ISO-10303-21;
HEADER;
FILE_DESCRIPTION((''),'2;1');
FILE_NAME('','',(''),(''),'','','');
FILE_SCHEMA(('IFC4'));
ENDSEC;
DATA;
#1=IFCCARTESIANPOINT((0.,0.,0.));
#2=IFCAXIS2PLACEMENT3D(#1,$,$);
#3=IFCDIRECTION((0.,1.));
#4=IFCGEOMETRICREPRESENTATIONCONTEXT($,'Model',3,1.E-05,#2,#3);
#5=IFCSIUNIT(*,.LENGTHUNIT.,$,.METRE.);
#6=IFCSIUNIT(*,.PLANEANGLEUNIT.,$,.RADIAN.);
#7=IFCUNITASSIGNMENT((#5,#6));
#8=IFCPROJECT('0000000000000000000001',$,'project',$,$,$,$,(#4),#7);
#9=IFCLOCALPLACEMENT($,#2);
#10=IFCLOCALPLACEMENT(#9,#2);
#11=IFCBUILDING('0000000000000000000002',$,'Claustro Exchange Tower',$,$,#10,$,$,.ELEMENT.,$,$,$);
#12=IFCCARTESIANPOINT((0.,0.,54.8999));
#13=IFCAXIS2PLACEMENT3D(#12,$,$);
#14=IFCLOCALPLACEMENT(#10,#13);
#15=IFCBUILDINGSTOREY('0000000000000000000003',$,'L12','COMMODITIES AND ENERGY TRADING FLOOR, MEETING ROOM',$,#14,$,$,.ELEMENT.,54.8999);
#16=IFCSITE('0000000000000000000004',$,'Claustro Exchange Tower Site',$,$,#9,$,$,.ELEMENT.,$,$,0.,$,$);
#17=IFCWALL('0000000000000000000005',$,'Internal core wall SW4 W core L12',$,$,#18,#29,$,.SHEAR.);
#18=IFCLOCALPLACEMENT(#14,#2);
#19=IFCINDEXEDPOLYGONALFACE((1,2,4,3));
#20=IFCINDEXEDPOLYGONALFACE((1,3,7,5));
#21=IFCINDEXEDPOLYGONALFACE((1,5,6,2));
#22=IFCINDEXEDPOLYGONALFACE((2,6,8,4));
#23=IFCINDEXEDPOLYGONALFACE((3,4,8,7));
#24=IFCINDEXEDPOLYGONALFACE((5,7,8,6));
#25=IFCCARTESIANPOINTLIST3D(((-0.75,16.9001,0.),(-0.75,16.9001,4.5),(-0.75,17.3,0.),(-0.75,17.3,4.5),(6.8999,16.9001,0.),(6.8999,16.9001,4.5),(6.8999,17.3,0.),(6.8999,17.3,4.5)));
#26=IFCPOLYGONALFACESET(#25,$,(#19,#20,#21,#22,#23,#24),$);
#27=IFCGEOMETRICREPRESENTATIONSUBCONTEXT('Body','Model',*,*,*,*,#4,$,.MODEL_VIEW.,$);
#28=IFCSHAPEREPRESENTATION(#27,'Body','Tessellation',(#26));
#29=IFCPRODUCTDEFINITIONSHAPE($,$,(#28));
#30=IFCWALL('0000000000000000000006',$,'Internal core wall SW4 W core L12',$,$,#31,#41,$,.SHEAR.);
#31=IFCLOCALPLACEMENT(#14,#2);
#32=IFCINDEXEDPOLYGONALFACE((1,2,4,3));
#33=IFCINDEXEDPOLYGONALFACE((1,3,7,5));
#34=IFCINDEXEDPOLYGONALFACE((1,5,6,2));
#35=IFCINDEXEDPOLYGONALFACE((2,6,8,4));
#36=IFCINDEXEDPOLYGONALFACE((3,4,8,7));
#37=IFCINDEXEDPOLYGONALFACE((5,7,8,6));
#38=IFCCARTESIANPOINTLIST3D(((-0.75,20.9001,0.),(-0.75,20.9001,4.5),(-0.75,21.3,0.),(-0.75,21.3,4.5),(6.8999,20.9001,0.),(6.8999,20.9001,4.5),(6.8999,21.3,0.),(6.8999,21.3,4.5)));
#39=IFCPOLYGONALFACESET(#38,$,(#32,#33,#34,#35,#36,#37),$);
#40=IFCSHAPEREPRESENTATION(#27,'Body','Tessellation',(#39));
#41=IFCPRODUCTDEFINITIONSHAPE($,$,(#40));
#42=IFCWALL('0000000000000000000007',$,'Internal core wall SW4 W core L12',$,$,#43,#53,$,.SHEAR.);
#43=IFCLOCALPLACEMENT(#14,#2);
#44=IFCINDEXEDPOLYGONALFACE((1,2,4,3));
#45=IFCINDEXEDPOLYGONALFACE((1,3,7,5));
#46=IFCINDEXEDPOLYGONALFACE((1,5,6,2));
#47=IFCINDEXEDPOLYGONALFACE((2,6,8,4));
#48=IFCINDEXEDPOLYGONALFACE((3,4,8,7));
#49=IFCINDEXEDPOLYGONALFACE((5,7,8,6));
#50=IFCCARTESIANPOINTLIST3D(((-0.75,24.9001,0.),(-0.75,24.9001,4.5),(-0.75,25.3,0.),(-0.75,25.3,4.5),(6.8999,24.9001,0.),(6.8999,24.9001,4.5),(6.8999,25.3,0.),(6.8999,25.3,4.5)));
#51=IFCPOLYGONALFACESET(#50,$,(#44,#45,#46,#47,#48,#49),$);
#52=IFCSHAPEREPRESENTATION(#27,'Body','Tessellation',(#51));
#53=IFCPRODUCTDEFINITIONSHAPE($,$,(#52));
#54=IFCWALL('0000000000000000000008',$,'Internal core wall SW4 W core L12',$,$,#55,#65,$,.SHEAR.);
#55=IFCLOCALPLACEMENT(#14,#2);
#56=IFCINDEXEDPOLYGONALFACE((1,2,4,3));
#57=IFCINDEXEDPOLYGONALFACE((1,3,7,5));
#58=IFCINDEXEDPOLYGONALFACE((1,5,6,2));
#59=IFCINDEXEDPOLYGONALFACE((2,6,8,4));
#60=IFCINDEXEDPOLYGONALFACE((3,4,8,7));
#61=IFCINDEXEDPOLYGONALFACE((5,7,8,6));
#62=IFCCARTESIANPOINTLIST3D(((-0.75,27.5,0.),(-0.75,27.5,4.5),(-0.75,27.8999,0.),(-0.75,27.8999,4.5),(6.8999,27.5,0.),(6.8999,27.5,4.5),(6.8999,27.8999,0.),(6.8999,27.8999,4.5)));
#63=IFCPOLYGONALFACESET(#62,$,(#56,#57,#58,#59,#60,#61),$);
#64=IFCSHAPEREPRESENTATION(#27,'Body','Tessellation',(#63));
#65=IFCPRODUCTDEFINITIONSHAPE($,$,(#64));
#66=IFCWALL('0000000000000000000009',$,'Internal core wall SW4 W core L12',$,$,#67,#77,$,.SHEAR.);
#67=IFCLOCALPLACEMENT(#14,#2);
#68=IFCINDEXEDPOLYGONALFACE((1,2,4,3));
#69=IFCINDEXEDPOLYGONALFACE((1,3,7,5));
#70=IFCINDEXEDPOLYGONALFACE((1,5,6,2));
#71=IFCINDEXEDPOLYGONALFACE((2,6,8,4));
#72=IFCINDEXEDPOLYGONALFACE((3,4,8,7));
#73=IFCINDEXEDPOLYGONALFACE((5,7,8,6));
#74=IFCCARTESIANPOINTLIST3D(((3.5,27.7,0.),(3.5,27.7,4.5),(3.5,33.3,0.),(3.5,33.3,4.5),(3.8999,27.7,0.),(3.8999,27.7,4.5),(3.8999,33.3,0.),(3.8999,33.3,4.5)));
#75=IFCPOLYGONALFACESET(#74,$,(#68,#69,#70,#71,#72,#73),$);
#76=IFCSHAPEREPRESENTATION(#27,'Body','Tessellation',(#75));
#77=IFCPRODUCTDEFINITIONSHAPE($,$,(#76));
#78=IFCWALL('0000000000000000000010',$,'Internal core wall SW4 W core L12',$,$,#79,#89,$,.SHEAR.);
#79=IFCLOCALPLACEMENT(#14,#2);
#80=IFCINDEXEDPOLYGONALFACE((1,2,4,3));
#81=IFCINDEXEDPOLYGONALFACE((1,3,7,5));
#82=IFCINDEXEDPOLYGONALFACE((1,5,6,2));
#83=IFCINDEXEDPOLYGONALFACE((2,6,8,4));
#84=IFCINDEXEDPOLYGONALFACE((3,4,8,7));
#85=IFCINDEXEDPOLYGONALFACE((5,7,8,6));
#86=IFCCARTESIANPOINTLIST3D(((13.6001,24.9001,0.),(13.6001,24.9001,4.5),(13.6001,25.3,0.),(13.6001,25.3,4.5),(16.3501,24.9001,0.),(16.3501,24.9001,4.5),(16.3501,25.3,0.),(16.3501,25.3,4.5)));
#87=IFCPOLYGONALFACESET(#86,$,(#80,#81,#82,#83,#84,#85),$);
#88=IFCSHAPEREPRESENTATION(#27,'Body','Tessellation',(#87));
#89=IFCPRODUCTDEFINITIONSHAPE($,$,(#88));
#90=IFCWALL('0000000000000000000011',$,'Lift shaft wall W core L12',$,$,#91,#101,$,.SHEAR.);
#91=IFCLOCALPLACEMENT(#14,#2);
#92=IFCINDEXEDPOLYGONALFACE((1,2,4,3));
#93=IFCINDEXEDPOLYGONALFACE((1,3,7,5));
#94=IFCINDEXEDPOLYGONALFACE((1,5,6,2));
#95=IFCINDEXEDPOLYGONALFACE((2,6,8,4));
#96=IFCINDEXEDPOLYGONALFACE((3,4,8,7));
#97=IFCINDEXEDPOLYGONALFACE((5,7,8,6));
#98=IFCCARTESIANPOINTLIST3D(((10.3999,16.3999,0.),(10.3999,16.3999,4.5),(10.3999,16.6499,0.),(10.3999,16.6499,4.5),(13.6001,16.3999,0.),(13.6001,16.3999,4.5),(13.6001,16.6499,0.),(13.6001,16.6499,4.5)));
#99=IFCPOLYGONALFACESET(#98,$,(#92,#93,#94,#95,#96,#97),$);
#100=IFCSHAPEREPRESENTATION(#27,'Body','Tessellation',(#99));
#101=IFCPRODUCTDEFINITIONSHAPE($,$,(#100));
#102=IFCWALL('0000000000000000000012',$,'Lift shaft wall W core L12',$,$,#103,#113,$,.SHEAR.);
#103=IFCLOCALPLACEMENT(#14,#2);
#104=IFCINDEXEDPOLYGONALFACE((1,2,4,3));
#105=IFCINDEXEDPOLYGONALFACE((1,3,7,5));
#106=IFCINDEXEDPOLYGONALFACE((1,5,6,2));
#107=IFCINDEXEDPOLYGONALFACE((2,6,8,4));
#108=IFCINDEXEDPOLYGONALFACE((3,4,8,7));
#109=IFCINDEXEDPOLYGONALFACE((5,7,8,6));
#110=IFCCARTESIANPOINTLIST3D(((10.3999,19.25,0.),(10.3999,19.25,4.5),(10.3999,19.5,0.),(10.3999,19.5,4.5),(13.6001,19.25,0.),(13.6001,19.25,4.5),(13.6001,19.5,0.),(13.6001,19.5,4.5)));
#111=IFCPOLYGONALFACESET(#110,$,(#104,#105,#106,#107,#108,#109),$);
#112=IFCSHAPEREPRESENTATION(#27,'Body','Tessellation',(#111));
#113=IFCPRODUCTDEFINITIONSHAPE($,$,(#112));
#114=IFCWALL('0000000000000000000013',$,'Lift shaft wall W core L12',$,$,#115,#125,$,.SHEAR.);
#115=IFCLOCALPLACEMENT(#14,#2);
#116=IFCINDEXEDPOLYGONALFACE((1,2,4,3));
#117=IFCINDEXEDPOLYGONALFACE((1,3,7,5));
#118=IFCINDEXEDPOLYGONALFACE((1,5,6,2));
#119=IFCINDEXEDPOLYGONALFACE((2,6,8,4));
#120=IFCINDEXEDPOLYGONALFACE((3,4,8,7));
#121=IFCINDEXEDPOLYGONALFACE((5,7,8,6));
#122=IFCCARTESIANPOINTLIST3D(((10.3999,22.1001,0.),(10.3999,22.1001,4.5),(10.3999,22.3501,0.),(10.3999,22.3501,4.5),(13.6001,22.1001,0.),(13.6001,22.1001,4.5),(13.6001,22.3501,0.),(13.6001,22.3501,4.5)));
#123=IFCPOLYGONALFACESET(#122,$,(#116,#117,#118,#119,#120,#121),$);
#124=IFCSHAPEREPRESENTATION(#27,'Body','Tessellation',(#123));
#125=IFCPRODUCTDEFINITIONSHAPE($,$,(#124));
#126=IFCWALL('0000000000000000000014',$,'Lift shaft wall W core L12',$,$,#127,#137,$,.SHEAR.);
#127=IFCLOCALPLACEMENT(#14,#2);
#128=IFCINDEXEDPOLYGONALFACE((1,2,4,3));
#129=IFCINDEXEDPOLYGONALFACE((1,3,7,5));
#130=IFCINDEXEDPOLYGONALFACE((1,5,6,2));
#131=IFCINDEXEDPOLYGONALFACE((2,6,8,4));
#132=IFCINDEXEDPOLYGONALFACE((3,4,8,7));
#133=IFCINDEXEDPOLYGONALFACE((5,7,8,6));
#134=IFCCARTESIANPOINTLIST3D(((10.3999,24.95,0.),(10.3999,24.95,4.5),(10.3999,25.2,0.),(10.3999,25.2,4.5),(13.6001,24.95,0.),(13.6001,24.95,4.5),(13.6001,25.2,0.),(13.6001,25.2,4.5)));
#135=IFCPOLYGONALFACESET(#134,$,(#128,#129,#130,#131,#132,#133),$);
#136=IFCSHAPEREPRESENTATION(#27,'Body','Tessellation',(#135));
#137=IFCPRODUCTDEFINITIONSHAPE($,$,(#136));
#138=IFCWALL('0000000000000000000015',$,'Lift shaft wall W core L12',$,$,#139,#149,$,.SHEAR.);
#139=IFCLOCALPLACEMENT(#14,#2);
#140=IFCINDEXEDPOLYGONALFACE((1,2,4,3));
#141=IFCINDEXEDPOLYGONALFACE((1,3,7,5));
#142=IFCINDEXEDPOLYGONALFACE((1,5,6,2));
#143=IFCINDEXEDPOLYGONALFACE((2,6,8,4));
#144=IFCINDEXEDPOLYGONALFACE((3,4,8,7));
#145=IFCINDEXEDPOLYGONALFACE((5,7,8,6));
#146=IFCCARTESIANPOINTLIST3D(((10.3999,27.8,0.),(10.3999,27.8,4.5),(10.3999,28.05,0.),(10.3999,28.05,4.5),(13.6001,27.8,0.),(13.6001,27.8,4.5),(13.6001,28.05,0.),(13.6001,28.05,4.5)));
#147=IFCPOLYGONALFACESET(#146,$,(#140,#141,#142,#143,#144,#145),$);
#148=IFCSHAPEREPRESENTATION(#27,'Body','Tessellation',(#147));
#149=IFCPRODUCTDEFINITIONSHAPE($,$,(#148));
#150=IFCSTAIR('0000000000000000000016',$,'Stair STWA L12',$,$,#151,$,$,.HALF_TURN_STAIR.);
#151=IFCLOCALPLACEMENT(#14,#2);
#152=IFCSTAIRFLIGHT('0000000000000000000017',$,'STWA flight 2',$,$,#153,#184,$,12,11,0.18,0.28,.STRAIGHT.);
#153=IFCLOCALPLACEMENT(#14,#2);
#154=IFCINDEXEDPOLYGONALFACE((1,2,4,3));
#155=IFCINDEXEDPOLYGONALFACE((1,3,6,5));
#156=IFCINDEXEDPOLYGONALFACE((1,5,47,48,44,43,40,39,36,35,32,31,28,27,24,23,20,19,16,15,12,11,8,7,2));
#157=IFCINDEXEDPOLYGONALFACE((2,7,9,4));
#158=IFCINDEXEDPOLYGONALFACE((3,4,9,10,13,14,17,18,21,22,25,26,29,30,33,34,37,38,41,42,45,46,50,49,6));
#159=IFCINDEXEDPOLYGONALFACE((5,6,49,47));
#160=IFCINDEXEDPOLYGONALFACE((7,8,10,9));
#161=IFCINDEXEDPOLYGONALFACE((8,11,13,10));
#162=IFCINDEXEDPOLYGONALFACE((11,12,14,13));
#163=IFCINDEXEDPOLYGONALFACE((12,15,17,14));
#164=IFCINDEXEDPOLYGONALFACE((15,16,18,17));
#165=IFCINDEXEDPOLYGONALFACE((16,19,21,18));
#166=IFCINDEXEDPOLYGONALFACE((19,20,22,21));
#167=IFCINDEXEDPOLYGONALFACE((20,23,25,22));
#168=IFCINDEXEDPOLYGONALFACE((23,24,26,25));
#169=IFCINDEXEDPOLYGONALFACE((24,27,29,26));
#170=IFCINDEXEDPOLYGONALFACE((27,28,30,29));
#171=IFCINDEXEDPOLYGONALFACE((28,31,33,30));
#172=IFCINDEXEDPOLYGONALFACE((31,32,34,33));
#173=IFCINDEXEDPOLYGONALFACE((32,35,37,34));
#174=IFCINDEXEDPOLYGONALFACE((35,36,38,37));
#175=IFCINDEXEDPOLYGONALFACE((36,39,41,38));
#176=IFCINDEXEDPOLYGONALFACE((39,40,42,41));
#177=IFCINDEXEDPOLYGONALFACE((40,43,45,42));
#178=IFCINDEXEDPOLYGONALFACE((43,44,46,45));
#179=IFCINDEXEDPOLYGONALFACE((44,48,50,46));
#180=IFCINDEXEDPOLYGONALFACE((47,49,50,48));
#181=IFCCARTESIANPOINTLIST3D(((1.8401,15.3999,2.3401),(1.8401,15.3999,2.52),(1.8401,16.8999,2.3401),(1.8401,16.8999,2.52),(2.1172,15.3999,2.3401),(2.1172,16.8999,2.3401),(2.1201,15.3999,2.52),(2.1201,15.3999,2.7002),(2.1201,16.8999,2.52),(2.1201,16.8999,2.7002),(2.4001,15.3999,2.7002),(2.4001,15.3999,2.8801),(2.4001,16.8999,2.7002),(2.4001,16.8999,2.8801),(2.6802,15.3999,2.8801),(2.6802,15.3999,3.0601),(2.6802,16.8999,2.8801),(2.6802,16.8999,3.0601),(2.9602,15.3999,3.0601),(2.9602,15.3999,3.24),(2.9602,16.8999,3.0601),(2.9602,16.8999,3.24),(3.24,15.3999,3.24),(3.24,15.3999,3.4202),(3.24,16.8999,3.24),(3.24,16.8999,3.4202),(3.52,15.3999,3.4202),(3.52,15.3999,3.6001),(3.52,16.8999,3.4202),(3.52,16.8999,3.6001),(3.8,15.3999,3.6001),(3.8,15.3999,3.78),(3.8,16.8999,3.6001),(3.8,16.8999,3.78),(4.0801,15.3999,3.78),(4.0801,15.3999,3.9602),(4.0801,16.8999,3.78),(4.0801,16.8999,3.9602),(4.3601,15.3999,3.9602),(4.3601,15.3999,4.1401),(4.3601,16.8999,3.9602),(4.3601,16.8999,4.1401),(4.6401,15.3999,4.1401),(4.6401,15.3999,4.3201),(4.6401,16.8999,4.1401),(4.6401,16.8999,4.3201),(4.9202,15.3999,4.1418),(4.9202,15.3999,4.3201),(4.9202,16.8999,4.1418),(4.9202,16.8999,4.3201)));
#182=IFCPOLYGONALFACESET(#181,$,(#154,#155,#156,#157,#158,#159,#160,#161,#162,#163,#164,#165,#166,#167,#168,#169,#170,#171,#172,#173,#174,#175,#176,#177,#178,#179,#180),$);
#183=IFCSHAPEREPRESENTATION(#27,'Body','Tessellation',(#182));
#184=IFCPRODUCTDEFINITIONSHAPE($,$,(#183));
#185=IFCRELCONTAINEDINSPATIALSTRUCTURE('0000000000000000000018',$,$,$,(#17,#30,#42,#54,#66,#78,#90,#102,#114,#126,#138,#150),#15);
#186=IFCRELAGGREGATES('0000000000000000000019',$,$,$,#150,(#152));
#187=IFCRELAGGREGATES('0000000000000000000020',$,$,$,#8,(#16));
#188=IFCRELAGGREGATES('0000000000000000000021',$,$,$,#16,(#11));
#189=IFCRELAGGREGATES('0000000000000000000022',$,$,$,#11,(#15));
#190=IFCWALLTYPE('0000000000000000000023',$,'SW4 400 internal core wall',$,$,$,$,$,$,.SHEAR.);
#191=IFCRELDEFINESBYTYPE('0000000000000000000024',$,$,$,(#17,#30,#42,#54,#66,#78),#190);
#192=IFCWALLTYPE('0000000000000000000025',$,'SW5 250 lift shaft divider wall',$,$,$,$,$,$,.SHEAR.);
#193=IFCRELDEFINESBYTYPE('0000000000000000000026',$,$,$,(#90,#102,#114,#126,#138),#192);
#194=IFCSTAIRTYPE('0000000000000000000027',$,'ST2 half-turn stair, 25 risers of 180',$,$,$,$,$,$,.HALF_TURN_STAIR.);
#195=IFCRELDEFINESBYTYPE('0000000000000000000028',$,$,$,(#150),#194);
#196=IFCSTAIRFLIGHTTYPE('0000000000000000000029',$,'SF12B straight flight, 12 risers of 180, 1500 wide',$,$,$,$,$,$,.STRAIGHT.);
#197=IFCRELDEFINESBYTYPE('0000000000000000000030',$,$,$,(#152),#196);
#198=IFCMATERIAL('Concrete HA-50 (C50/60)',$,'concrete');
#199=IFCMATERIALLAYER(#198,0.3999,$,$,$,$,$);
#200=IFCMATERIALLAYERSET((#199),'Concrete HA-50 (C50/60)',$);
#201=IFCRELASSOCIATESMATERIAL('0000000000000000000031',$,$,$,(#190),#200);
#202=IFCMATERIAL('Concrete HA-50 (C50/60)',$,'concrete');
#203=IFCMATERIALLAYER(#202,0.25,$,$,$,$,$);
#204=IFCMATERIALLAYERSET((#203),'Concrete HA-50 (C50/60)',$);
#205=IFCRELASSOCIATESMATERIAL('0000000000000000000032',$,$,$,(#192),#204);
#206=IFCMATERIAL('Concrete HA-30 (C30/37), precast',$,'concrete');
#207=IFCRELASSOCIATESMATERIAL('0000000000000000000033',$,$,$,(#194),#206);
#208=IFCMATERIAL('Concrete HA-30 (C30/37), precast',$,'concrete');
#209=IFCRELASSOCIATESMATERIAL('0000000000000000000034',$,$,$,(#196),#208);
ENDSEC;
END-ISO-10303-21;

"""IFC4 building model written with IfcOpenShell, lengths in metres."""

from ifc_helpers import new_model, si_unit, direction, frame, frame_2d, origin, place, context, subcontext, project, spatial, polyline, rectangle, outline, extrude, material, layer, layer_set, type_object, element, aggregate, save


model = new_model("IFC4")

# Units and contexts
model_context = context("Model", 3, precision=1e-05, world=origin(), true_north=direction((0.0, 1.0)))
body_context = subcontext(model_context, "Body", "Model", "MODEL_VIEW")
ifc_project = project(units=[si_unit("LENGTHUNIT", "METRE"), si_unit("PLANEANGLEUNIT", "RADIAN")], contexts=[model_context])

# Site, building, storey
site_placement = place(None, origin())
site = spatial("IfcSite", under=ifc_project, at=site_placement, Name="Claustro Exchange Tower Site", CompositionType="ELEMENT", RefElevation=0.0)
building_placement = place(site_placement, origin())
building = spatial("IfcBuilding", under=site, at=building_placement, Name="Claustro Exchange Tower", CompositionType="ELEMENT")
storey_placement = place(building_placement, frame((0.0, 0.0, 54.8999)))
storey = spatial("IfcBuildingStorey", under=building, at=storey_placement, Name="L12", Description="COMMODITIES AND ENERGY TRADING FLOOR, MEETING ROOM", CompositionType="ELEMENT", Elevation=54.8999)

# Walls
ifc_material_1 = material(Name="Concrete HA-50 (C50/60)", Category="concrete")
ifc_layer_1 = layer(ifc_material_1, 0.3999)
ifc_layer_set_1 = layer_set([ifc_layer_1], Name="Concrete HA-50 (C50/60)")
wall_type_1 = type_object("IfcWallType", Name="SW4 400 internal core wall", PredefinedType="SHEAR", material=ifc_layer_set_1)
for number, where, z_axis, x_axis, name in (
    (1, (-0.75, 17.1001, 0.0), (0.0, 0.0, 1.0), (1.0, 0.0, 0.0), "Internal core wall SW4 W core L12"),
    (2, (-0.75, 21.1001, 0.0), (0.0, 0.0, 1.0), (1.0, 0.0, 0.0), "Internal core wall SW4 W core L12"),
    (3, (-0.75, 25.1001, 0.0), (0.0, 0.0, 1.0), (1.0, 0.0, 0.0), "Internal core wall SW4 W core L12"),
    (4, (-0.75, 27.7, 0.0), (0.0, 0.0, 1.0), (1.0, 0.0, 0.0), "Internal core wall SW4 W core L12"),
):
    element("IfcWall", number, at=place(storey_placement, frame(where, z_axis=z_axis, x_axis=x_axis)), inside=storey, type_object=wall_type_1, Name=name, PredefinedType="SHEAR", context=body_context, shape_type="SweptSolid", body=[
        extrude(rectangle(XDim=7.6499, YDim=0.3999, at=frame_2d((3.825, 0.0))), origin(), (0.0, 0.0, 1.0), 4.5),
    ])
wall_1_placement = place(storey_placement, frame((3.7, 27.7, 0.0), z_axis=(0.0, 0.0, 1.0), x_axis=(0.0, 1.0, 0.0)))
element("IfcWall", 5, at=wall_1_placement, inside=storey, type_object=wall_type_1, Name="Internal core wall SW4 W core L12", PredefinedType="SHEAR", context=body_context, shape_type="SweptSolid", body=[
    extrude(rectangle(XDim=5.6001, YDim=0.3999, at=frame_2d((2.8, 0.0))), origin(), (0.0, 0.0, 1.0), 4.5),
])
wall_2_placement = place(storey_placement, frame((13.6001, 25.1001, 0.0), z_axis=(0.0, 0.0, 1.0), x_axis=(1.0, 0.0, 0.0)))
element("IfcWall", 6, at=wall_2_placement, inside=storey, type_object=wall_type_1, Name="Internal core wall SW4 W core L12", PredefinedType="SHEAR", context=body_context, shape_type="SweptSolid", body=[
    extrude(rectangle(XDim=2.75, YDim=0.3999, at=frame_2d((1.375, 0.0))), origin(), (0.0, 0.0, 1.0), 4.5),
])
ifc_material_2 = material(Name="Concrete HA-50 (C50/60)", Category="concrete")
ifc_layer_2 = layer(ifc_material_2, 0.25)
ifc_layer_set_2 = layer_set([ifc_layer_2], Name="Concrete HA-50 (C50/60)")
wall_type_2 = type_object("IfcWallType", Name="SW5 250 lift shaft divider wall", PredefinedType="SHEAR", material=ifc_layer_set_2)
for number, where, z_axis, x_axis, name in (
    (7, (10.3999, 16.5249, 0.0), (0.0, 0.0, 1.0), (1.0, 0.0, 0.0), "Lift shaft wall W core L12"),
    (8, (10.3999, 19.375, 0.0), (0.0, 0.0, 1.0), (1.0, 0.0, 0.0), "Lift shaft wall W core L12"),
    (9, (10.3999, 22.2251, 0.0), (0.0, 0.0, 1.0), (1.0, 0.0, 0.0), "Lift shaft wall W core L12"),
    (10, (10.3999, 25.075, 0.0), (0.0, 0.0, 1.0), (1.0, 0.0, 0.0), "Lift shaft wall W core L12"),
    (11, (10.3999, 27.925, 0.0), (0.0, 0.0, 1.0), (1.0, 0.0, 0.0), "Lift shaft wall W core L12"),
):
    element("IfcWall", number, at=place(storey_placement, frame(where, z_axis=z_axis, x_axis=x_axis)), inside=storey, type_object=wall_type_2, Name=name, PredefinedType="SHEAR", context=body_context, shape_type="SweptSolid", body=[
        extrude(rectangle(XDim=3.2002, YDim=0.25, at=frame_2d((1.6001, 0.0))), origin(), (0.0, 0.0, 1.0), 4.5),
    ])

# Stair, stair flight
ifc_material_3 = material(Name="Concrete HA-30 (C30/37), precast", Category="concrete")
stair_type = type_object("IfcStairType", Name="ST2 half-turn stair, 25 risers of 180", PredefinedType="HALF_TURN_STAIR", material=ifc_material_3)
stair_placement = place(storey_placement, origin())
stair = element("IfcStair", 12, at=stair_placement, inside=storey, type_object=stair_type, Name="Stair STWA L12", PredefinedType="HALF_TURN_STAIR")
ifc_material_4 = material(Name="Concrete HA-30 (C30/37), precast", Category="concrete")
stair_flight_type = type_object("IfcStairFlightType", Name="SF12B straight flight, 12 risers of 180, 1500 wide", PredefinedType="STRAIGHT", material=ifc_material_4)
stair_flight_placement = place(storey_placement, frame((1.8401, 16.1499, 2.3401), z_axis=(0.0, 0.0, 1.0), x_axis=(1.0, 0.0, 0.0)))
stair_flight = element("IfcStairFlight", 13, at=stair_flight_placement, type_object=stair_flight_type, Name="STWA flight 2", NumberOfRisers=12, NumberOfTreads=11, PredefinedType="STRAIGHT", RiserHeight=0.18, TreadLength=0.28, context=body_context, shape_type="SweptSolid", body=[
    extrude(outline(polyline([(0.0, 0.0), (0.0, 0.1799), (0.28, 0.1799), (0.28, 0.3601), (0.5601, 0.3601), (0.5601, 0.54), (0.8401, 0.54), (0.8401, 0.72), (1.1201, 0.72), (1.1201, 0.8999), (1.3999, 0.8999), (1.3999, 1.0801), (1.6799, 1.0801), (1.6799, 1.26), (1.96, 1.26), (1.96, 1.4399), (2.24, 1.4399), (2.24, 1.6201), (2.52, 1.6201), (2.52, 1.8), (2.8, 1.8), (2.8, 1.98), (3.0801, 1.98), (3.0801, 2.1599), (3.0801, 1.8018), (0.2771, 0.0), (0.0, 0.0)])), frame((0.0, 0.75, 0.0), z_axis=(0.0, -1.0, 0.0), x_axis=(1.0, 0.0, 0.0)), (0.0, 0.0, 1.0), 1.5),
])
aggregate(stair, [stair_flight])

save(model, "model.ifc")
